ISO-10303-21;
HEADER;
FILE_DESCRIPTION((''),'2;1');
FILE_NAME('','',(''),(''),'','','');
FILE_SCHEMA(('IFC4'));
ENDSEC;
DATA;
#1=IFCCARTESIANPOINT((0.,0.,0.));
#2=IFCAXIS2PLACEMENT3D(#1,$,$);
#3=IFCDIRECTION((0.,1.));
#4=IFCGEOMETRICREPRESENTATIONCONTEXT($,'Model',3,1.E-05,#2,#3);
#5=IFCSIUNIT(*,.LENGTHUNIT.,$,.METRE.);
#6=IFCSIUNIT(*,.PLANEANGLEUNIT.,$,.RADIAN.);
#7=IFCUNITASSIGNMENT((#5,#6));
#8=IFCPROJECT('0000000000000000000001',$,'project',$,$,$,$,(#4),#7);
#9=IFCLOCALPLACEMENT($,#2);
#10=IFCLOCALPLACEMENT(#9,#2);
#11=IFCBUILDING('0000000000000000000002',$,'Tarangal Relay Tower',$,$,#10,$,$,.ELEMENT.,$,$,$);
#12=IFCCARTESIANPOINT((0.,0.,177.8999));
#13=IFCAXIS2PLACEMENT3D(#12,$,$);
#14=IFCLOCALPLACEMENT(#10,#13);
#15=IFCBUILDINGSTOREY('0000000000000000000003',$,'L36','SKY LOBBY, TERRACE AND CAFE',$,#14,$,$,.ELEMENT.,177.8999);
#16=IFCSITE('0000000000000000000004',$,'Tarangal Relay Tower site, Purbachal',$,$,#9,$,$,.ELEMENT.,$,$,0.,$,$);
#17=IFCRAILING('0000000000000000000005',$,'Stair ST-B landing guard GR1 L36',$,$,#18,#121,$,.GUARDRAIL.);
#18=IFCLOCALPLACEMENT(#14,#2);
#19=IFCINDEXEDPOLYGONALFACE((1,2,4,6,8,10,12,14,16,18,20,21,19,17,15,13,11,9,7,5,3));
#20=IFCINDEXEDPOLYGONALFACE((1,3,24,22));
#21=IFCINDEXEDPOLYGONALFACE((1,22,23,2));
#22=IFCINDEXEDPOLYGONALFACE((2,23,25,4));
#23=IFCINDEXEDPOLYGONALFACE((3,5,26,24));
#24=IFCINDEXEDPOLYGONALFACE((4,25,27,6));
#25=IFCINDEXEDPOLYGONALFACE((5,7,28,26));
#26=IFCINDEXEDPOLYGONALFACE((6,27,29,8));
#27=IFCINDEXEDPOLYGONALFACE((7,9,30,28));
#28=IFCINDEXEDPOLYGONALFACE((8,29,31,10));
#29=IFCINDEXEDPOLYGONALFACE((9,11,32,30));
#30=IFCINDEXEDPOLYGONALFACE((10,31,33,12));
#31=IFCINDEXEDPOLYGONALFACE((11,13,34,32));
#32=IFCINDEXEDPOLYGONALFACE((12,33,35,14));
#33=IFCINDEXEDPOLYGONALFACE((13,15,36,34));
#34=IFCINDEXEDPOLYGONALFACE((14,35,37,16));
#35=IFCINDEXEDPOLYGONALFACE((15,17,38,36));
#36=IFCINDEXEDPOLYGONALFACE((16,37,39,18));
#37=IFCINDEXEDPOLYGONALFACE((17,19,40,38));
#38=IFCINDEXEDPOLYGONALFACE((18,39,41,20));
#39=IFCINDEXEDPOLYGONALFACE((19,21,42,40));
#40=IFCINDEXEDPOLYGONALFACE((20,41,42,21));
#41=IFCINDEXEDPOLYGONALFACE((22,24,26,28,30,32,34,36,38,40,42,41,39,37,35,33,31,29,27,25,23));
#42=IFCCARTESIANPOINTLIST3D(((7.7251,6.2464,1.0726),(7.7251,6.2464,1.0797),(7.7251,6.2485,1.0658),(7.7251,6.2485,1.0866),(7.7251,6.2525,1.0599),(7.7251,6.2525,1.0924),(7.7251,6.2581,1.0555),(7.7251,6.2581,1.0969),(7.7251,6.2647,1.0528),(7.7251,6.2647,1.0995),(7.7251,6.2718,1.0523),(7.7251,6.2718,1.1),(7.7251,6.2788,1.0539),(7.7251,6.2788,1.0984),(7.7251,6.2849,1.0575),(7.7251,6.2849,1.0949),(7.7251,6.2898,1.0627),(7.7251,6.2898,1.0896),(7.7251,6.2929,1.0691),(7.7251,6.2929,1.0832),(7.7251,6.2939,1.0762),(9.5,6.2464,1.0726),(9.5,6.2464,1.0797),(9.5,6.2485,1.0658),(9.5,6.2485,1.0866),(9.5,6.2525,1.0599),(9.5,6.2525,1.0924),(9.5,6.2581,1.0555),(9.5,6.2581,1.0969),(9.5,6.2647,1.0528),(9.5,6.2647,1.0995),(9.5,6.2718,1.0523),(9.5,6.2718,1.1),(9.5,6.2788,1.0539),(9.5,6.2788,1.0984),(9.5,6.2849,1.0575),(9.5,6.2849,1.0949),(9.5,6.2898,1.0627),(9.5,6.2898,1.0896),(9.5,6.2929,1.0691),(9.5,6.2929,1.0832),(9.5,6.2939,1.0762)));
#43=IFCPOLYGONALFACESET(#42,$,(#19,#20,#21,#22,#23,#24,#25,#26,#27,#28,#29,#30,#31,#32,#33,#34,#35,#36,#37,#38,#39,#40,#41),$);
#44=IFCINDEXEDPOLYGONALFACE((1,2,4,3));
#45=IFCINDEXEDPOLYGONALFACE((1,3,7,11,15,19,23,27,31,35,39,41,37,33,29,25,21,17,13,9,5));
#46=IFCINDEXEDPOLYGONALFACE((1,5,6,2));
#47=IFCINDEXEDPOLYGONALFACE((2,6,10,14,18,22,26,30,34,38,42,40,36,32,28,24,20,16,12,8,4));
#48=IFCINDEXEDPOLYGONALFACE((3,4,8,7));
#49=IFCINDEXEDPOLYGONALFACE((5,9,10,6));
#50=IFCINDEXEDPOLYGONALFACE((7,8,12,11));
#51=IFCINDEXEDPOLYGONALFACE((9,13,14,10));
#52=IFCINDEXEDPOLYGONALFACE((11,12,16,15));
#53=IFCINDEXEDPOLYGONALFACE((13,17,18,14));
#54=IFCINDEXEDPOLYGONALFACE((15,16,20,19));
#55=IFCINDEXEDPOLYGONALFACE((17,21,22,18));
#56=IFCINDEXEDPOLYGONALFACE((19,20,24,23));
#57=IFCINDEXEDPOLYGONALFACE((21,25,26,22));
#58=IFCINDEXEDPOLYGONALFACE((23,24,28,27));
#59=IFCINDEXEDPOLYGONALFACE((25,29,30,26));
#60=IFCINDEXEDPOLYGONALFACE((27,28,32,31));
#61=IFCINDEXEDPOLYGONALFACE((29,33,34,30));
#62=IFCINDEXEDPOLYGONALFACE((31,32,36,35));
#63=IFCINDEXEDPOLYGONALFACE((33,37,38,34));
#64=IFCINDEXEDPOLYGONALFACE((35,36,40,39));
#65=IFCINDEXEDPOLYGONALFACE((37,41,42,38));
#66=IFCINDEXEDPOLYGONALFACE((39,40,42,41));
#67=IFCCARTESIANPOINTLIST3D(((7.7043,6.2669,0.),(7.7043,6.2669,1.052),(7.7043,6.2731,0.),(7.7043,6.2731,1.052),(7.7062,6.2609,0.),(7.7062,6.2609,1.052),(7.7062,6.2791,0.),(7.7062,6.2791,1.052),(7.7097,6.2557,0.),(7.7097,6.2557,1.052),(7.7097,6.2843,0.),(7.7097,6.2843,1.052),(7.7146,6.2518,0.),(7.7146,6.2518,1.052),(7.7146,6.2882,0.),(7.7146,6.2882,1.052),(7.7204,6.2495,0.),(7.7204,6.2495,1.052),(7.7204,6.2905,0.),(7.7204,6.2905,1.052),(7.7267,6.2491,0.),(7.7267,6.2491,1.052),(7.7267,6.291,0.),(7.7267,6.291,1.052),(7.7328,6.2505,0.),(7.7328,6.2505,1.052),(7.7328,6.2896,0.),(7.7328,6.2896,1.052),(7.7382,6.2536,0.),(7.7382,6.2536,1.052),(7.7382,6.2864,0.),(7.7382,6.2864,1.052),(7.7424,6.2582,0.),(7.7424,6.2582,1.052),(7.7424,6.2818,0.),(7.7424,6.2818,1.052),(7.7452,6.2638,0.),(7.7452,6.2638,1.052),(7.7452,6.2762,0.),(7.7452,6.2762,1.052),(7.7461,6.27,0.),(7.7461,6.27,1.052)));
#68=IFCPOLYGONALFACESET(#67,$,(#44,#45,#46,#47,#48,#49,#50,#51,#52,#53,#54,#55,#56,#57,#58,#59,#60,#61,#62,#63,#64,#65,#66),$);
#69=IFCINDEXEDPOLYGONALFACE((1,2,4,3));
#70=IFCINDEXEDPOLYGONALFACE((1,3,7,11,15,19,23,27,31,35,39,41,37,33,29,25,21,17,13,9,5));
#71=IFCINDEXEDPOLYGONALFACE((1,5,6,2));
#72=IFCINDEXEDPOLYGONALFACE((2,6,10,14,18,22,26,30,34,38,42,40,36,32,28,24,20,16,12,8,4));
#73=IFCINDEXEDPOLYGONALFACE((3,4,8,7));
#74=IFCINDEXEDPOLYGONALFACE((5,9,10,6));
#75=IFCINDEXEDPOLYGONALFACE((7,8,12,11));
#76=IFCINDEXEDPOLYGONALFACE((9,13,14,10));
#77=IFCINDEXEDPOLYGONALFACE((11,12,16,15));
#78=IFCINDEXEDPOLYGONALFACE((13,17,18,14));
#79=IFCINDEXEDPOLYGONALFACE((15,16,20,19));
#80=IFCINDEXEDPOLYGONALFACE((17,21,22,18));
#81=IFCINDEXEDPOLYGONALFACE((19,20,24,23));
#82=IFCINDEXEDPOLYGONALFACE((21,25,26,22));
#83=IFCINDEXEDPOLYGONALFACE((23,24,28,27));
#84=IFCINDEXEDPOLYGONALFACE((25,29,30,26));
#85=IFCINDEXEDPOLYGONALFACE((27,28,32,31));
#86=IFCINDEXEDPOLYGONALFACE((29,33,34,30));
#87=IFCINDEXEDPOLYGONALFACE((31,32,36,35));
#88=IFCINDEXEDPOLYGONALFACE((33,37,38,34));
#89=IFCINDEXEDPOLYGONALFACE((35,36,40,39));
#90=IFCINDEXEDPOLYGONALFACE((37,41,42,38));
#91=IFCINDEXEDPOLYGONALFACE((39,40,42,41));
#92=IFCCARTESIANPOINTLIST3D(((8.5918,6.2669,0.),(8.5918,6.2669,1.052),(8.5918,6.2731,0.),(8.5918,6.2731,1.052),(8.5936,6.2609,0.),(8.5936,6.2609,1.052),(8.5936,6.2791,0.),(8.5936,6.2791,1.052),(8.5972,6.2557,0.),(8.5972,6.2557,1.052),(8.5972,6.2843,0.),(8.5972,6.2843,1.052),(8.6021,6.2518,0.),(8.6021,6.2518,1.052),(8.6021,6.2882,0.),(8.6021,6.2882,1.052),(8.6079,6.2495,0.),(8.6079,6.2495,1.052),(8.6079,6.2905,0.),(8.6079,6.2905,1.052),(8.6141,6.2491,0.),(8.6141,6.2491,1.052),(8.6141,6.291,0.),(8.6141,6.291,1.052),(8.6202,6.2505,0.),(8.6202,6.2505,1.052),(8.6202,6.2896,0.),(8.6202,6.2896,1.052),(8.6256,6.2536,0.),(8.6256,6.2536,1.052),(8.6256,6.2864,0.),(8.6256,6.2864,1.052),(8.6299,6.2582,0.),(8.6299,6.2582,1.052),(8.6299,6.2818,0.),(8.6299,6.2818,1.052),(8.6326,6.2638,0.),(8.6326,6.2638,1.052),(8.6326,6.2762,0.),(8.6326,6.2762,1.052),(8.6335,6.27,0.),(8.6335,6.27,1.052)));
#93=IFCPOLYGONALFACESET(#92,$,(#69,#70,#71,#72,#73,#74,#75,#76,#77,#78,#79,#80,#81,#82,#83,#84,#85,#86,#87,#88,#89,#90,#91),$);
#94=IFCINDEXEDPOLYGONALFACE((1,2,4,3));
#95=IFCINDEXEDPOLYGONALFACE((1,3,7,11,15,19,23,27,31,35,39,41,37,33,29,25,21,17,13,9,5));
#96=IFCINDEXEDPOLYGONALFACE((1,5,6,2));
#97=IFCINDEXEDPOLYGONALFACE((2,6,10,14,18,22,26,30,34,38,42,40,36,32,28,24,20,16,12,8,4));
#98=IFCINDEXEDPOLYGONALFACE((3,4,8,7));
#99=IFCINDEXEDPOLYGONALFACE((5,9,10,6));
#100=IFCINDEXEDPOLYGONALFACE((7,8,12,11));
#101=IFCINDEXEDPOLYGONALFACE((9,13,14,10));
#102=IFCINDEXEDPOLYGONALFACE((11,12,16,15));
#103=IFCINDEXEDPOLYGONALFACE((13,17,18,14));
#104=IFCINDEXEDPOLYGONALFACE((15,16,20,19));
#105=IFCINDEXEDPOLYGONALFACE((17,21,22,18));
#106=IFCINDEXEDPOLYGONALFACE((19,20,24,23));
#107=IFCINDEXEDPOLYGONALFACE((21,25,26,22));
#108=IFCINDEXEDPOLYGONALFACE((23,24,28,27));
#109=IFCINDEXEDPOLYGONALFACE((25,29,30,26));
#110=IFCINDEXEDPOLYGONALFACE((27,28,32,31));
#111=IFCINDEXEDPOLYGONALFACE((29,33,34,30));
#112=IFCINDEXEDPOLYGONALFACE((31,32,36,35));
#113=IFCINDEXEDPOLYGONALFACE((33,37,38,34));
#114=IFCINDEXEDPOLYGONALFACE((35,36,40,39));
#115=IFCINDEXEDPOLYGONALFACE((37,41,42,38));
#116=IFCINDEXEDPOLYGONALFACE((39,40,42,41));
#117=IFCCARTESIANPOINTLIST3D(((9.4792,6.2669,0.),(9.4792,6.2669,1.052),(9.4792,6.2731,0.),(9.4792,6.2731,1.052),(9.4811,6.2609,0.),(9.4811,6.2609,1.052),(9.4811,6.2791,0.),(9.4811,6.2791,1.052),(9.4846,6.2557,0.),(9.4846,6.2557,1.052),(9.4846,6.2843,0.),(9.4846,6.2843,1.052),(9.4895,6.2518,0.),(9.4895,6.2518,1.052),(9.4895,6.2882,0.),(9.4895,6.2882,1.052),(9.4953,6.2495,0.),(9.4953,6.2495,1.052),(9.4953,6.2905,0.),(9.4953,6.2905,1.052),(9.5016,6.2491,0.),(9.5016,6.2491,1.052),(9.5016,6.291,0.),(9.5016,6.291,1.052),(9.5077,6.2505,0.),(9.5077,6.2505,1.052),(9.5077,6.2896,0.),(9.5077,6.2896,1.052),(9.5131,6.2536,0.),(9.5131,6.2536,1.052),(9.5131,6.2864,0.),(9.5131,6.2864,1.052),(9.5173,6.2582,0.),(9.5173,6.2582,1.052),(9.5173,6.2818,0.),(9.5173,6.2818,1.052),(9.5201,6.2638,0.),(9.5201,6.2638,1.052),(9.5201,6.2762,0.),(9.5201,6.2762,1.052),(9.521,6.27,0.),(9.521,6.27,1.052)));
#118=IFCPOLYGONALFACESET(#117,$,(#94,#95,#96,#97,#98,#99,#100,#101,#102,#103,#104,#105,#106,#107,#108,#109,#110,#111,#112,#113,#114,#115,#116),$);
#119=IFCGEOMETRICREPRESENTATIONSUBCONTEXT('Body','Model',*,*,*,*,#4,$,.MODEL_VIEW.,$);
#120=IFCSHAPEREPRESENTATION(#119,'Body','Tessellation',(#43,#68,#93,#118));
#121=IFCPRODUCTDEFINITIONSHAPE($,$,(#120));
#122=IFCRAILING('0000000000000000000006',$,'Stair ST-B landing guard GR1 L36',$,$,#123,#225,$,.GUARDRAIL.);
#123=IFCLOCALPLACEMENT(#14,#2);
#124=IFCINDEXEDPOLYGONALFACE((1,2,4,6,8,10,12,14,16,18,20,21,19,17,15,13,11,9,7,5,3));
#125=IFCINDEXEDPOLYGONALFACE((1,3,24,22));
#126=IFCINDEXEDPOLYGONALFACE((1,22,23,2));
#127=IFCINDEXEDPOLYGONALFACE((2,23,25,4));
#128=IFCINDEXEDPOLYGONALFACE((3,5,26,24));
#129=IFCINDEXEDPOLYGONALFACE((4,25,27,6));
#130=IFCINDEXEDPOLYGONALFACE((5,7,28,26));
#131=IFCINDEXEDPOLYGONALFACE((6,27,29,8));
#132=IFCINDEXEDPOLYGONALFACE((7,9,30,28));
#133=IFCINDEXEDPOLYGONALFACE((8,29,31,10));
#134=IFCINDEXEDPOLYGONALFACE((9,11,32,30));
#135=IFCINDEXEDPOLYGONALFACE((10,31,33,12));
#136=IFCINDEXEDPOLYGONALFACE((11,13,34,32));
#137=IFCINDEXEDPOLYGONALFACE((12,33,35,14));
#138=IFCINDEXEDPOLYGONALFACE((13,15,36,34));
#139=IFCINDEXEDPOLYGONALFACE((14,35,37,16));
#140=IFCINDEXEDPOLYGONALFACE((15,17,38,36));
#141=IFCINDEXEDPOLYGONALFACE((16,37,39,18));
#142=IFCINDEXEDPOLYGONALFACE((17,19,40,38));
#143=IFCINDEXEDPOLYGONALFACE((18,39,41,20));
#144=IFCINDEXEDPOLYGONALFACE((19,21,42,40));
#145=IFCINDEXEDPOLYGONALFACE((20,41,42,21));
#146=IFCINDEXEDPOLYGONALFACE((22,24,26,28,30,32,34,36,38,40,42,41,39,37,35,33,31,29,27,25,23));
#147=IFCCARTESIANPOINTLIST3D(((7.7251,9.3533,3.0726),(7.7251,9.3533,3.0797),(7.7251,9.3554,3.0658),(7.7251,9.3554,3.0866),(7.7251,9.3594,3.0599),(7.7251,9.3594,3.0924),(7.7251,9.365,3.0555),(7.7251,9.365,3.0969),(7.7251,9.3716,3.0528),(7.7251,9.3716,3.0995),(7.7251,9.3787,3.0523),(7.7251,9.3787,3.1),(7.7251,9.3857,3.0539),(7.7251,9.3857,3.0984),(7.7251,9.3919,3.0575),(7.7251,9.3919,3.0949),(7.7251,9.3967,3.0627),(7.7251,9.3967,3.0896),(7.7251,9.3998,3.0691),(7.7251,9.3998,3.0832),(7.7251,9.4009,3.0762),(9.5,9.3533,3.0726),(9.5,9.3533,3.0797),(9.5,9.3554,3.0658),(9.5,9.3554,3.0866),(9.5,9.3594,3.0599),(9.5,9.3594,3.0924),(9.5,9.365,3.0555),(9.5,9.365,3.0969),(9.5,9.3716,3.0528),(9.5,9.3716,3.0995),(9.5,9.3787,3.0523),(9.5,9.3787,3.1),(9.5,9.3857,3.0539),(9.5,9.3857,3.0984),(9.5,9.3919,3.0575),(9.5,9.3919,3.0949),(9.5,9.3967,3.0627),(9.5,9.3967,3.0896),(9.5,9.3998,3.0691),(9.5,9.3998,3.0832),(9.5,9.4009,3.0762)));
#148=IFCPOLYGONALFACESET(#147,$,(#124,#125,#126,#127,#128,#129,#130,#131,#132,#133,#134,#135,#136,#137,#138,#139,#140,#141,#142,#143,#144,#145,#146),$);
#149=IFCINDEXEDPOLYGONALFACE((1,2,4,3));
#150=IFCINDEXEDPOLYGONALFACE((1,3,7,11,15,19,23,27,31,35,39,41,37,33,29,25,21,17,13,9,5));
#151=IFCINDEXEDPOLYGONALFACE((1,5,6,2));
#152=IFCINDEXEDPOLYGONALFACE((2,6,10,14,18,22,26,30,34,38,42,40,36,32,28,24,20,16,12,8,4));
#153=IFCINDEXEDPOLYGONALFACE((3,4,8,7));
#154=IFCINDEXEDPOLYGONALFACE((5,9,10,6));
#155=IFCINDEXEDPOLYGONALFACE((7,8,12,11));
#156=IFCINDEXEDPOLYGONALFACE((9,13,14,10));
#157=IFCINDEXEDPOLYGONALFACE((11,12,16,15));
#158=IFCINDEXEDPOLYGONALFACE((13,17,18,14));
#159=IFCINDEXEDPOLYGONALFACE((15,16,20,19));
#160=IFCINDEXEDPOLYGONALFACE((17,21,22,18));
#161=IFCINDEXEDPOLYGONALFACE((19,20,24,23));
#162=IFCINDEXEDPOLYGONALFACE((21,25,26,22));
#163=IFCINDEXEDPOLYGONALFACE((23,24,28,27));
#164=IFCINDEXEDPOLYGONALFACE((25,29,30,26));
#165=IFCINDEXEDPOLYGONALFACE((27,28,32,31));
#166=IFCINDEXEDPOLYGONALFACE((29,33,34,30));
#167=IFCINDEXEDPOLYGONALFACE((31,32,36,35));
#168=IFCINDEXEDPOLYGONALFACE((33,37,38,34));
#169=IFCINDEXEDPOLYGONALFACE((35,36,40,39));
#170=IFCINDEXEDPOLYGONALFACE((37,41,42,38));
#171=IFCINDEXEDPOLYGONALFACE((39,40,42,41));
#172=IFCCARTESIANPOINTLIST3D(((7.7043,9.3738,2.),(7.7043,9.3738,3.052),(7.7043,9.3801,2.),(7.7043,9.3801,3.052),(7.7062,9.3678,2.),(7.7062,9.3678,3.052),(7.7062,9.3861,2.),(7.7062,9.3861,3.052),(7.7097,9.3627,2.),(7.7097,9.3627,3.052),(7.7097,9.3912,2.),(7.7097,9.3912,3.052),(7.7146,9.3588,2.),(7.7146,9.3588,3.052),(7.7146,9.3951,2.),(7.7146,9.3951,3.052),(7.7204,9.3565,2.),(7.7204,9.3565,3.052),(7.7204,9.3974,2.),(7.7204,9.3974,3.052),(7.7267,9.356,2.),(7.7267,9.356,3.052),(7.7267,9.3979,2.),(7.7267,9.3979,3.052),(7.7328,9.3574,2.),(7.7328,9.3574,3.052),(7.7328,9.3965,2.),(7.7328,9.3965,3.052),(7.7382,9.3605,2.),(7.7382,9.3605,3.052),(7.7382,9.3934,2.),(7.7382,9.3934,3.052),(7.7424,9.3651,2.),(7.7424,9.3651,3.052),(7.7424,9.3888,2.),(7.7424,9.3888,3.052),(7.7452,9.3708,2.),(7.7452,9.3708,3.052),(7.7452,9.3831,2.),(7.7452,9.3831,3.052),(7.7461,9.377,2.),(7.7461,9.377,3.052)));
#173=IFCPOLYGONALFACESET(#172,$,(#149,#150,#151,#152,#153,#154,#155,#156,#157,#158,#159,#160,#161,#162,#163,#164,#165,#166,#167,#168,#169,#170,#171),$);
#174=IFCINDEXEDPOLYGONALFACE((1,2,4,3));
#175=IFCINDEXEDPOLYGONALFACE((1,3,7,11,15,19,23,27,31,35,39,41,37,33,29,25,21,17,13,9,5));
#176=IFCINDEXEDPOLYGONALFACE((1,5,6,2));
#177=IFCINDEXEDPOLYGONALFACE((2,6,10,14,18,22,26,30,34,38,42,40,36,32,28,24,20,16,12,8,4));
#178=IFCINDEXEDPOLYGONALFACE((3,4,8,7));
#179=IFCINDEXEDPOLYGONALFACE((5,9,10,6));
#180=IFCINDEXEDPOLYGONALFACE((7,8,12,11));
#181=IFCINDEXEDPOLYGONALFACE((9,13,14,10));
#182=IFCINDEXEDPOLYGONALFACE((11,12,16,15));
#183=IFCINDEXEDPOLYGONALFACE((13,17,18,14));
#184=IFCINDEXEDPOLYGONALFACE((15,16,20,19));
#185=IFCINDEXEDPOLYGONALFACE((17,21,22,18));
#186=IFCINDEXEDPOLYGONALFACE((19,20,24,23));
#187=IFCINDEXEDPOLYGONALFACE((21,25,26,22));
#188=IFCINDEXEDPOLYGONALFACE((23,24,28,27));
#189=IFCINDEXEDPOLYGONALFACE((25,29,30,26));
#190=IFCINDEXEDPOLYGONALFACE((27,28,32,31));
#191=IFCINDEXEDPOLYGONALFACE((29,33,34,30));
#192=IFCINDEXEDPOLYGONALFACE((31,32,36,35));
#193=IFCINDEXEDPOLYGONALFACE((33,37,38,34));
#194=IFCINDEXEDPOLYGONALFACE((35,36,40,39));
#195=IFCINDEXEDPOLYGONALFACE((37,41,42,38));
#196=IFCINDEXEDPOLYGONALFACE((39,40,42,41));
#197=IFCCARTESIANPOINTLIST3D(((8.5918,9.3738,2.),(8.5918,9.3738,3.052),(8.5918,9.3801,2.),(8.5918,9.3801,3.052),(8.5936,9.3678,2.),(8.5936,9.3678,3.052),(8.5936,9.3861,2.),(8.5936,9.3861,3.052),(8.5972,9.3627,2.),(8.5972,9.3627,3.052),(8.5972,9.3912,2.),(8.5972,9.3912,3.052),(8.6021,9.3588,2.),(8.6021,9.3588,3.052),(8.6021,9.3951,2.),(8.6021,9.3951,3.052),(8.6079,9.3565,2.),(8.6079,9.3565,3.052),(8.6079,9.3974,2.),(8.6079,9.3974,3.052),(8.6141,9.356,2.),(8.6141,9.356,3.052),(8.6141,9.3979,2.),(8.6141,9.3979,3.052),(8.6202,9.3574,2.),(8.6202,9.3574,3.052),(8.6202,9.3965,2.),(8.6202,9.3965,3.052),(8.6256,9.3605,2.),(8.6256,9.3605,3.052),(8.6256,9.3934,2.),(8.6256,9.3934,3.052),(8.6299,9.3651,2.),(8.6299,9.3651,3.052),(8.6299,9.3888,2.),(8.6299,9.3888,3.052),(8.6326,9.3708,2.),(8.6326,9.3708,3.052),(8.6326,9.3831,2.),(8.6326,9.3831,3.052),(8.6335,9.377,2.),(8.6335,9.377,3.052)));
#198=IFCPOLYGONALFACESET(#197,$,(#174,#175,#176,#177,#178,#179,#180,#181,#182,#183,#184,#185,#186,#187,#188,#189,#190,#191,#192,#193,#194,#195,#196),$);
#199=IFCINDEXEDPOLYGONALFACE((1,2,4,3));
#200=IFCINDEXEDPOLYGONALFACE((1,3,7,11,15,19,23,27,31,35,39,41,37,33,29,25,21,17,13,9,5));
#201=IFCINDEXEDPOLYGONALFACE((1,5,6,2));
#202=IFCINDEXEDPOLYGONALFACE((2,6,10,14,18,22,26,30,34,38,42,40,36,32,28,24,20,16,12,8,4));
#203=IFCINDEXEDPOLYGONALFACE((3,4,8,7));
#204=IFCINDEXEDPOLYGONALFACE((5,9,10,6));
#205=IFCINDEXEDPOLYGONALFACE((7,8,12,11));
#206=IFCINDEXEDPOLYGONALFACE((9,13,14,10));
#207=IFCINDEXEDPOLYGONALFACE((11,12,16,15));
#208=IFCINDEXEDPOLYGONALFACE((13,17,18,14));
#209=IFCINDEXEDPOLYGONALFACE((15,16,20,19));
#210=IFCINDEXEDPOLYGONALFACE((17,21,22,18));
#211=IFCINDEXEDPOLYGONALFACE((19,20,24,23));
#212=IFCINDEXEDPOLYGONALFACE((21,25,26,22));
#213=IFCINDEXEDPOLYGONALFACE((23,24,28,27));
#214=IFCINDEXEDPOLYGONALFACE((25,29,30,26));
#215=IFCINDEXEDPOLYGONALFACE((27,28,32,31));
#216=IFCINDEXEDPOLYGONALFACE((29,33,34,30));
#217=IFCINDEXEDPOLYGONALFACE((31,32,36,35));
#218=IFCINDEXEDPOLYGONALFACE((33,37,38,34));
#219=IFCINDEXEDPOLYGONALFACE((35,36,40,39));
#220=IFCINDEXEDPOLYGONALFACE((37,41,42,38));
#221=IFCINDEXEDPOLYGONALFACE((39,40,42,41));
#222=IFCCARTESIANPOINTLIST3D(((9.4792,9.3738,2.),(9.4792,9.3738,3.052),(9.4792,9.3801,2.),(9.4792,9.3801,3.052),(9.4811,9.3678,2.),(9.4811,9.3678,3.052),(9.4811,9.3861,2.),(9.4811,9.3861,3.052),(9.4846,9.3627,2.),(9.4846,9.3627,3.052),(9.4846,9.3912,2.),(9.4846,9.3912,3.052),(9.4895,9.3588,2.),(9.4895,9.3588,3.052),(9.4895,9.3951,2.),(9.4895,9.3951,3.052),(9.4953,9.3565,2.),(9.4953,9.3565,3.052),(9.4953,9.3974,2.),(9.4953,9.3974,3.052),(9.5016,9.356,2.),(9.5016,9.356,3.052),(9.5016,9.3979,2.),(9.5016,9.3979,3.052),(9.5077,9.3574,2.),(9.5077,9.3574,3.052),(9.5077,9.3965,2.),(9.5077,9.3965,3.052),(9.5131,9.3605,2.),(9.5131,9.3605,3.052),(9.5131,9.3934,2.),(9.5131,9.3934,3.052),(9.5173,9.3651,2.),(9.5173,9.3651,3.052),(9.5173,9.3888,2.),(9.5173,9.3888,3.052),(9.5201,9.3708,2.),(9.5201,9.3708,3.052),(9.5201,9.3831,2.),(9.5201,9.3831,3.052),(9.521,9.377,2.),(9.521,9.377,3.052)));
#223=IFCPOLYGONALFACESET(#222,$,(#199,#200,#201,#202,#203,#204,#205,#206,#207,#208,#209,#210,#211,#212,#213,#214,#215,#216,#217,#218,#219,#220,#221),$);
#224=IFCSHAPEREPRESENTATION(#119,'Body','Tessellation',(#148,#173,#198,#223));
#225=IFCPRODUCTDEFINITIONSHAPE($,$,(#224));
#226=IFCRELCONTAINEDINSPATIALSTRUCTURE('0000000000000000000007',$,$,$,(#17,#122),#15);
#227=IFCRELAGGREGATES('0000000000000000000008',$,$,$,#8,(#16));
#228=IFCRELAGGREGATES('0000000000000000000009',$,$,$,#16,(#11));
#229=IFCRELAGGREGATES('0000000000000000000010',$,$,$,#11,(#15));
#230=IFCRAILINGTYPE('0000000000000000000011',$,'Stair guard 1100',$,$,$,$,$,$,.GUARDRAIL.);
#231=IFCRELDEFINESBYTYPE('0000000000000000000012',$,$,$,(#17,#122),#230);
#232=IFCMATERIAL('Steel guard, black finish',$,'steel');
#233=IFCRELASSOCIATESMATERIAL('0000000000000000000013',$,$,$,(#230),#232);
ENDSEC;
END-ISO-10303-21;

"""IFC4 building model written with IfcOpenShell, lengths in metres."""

from ifc_helpers import new_model, si_unit, direction, frame, origin, origin_2d, place, context, subcontext, project, spatial, circle, extrude, material, type_object, element, save


model = new_model("IFC4")

# Units and contexts
model_context = context("Model", 3, precision=1e-05, world=origin(), true_north=direction((0.0, 1.0)))
body_context = subcontext(model_context, "Body", "Model", "MODEL_VIEW")
ifc_project = project(units=[si_unit("LENGTHUNIT", "METRE"), si_unit("PLANEANGLEUNIT", "RADIAN")], contexts=[model_context])

# Site, building, storey
site_placement = place(None, origin())
site = spatial("IfcSite", under=ifc_project, at=site_placement, Name="Tarangal Relay Tower site, Purbachal", CompositionType="ELEMENT", RefElevation=0.0)
building_placement = place(site_placement, origin())
building = spatial("IfcBuilding", under=site, at=building_placement, Name="Tarangal Relay Tower", CompositionType="ELEMENT")
storey_placement = place(building_placement, frame((0.0, 0.0, 177.8999)))
storey = spatial("IfcBuildingStorey", under=building, at=storey_placement, Name="L36", Description="SKY LOBBY, TERRACE AND CAFE", CompositionType="ELEMENT", Elevation=177.8999)

# Railings
ifc_material_1 = material(Name="Steel guard, black finish", Category="steel")
railing_type_1 = type_object("IfcRailingType", Name="Stair guard 1100", PredefinedType="GUARDRAIL", material=ifc_material_1)
for number, where, name in (
    (1, (7.7251, 6.27, 0.0), "Stair ST-B landing guard GR1 L36"),
    (2, (7.7251, 9.377, 2.0), "Stair ST-B landing guard GR1 L36"),
):
    element("IfcRailing", number, at=place(storey_placement, frame(where)), inside=storey, type_object=railing_type_1, Name=name, PredefinedType="GUARDRAIL", context=body_context, shape_type="SweptSolid", body=[
        extrude(circle(Radius=0.0239, at=origin_2d()), frame((0.0, 0.0, 1.0762), z_axis=(1.0, 0.0, 0.0), x_axis=(0.0, 1.0, 0.0)), (0.0, 0.0, 1.0), 1.7749),
        extrude(circle(Radius=0.021, at=origin_2d()), origin(), (0.0, 0.0, 1.0), 1.052),
        extrude(circle(Radius=0.021, at=origin_2d()), frame((0.8875, 0.0, 0.0)), (0.0, 0.0, 1.0), 1.052),
        extrude(circle(Radius=0.021, at=origin_2d()), frame((1.7749, 0.0, 0.0)), (0.0, 0.0, 1.0), 1.052),
    ])

save(model, "model.ifc")
